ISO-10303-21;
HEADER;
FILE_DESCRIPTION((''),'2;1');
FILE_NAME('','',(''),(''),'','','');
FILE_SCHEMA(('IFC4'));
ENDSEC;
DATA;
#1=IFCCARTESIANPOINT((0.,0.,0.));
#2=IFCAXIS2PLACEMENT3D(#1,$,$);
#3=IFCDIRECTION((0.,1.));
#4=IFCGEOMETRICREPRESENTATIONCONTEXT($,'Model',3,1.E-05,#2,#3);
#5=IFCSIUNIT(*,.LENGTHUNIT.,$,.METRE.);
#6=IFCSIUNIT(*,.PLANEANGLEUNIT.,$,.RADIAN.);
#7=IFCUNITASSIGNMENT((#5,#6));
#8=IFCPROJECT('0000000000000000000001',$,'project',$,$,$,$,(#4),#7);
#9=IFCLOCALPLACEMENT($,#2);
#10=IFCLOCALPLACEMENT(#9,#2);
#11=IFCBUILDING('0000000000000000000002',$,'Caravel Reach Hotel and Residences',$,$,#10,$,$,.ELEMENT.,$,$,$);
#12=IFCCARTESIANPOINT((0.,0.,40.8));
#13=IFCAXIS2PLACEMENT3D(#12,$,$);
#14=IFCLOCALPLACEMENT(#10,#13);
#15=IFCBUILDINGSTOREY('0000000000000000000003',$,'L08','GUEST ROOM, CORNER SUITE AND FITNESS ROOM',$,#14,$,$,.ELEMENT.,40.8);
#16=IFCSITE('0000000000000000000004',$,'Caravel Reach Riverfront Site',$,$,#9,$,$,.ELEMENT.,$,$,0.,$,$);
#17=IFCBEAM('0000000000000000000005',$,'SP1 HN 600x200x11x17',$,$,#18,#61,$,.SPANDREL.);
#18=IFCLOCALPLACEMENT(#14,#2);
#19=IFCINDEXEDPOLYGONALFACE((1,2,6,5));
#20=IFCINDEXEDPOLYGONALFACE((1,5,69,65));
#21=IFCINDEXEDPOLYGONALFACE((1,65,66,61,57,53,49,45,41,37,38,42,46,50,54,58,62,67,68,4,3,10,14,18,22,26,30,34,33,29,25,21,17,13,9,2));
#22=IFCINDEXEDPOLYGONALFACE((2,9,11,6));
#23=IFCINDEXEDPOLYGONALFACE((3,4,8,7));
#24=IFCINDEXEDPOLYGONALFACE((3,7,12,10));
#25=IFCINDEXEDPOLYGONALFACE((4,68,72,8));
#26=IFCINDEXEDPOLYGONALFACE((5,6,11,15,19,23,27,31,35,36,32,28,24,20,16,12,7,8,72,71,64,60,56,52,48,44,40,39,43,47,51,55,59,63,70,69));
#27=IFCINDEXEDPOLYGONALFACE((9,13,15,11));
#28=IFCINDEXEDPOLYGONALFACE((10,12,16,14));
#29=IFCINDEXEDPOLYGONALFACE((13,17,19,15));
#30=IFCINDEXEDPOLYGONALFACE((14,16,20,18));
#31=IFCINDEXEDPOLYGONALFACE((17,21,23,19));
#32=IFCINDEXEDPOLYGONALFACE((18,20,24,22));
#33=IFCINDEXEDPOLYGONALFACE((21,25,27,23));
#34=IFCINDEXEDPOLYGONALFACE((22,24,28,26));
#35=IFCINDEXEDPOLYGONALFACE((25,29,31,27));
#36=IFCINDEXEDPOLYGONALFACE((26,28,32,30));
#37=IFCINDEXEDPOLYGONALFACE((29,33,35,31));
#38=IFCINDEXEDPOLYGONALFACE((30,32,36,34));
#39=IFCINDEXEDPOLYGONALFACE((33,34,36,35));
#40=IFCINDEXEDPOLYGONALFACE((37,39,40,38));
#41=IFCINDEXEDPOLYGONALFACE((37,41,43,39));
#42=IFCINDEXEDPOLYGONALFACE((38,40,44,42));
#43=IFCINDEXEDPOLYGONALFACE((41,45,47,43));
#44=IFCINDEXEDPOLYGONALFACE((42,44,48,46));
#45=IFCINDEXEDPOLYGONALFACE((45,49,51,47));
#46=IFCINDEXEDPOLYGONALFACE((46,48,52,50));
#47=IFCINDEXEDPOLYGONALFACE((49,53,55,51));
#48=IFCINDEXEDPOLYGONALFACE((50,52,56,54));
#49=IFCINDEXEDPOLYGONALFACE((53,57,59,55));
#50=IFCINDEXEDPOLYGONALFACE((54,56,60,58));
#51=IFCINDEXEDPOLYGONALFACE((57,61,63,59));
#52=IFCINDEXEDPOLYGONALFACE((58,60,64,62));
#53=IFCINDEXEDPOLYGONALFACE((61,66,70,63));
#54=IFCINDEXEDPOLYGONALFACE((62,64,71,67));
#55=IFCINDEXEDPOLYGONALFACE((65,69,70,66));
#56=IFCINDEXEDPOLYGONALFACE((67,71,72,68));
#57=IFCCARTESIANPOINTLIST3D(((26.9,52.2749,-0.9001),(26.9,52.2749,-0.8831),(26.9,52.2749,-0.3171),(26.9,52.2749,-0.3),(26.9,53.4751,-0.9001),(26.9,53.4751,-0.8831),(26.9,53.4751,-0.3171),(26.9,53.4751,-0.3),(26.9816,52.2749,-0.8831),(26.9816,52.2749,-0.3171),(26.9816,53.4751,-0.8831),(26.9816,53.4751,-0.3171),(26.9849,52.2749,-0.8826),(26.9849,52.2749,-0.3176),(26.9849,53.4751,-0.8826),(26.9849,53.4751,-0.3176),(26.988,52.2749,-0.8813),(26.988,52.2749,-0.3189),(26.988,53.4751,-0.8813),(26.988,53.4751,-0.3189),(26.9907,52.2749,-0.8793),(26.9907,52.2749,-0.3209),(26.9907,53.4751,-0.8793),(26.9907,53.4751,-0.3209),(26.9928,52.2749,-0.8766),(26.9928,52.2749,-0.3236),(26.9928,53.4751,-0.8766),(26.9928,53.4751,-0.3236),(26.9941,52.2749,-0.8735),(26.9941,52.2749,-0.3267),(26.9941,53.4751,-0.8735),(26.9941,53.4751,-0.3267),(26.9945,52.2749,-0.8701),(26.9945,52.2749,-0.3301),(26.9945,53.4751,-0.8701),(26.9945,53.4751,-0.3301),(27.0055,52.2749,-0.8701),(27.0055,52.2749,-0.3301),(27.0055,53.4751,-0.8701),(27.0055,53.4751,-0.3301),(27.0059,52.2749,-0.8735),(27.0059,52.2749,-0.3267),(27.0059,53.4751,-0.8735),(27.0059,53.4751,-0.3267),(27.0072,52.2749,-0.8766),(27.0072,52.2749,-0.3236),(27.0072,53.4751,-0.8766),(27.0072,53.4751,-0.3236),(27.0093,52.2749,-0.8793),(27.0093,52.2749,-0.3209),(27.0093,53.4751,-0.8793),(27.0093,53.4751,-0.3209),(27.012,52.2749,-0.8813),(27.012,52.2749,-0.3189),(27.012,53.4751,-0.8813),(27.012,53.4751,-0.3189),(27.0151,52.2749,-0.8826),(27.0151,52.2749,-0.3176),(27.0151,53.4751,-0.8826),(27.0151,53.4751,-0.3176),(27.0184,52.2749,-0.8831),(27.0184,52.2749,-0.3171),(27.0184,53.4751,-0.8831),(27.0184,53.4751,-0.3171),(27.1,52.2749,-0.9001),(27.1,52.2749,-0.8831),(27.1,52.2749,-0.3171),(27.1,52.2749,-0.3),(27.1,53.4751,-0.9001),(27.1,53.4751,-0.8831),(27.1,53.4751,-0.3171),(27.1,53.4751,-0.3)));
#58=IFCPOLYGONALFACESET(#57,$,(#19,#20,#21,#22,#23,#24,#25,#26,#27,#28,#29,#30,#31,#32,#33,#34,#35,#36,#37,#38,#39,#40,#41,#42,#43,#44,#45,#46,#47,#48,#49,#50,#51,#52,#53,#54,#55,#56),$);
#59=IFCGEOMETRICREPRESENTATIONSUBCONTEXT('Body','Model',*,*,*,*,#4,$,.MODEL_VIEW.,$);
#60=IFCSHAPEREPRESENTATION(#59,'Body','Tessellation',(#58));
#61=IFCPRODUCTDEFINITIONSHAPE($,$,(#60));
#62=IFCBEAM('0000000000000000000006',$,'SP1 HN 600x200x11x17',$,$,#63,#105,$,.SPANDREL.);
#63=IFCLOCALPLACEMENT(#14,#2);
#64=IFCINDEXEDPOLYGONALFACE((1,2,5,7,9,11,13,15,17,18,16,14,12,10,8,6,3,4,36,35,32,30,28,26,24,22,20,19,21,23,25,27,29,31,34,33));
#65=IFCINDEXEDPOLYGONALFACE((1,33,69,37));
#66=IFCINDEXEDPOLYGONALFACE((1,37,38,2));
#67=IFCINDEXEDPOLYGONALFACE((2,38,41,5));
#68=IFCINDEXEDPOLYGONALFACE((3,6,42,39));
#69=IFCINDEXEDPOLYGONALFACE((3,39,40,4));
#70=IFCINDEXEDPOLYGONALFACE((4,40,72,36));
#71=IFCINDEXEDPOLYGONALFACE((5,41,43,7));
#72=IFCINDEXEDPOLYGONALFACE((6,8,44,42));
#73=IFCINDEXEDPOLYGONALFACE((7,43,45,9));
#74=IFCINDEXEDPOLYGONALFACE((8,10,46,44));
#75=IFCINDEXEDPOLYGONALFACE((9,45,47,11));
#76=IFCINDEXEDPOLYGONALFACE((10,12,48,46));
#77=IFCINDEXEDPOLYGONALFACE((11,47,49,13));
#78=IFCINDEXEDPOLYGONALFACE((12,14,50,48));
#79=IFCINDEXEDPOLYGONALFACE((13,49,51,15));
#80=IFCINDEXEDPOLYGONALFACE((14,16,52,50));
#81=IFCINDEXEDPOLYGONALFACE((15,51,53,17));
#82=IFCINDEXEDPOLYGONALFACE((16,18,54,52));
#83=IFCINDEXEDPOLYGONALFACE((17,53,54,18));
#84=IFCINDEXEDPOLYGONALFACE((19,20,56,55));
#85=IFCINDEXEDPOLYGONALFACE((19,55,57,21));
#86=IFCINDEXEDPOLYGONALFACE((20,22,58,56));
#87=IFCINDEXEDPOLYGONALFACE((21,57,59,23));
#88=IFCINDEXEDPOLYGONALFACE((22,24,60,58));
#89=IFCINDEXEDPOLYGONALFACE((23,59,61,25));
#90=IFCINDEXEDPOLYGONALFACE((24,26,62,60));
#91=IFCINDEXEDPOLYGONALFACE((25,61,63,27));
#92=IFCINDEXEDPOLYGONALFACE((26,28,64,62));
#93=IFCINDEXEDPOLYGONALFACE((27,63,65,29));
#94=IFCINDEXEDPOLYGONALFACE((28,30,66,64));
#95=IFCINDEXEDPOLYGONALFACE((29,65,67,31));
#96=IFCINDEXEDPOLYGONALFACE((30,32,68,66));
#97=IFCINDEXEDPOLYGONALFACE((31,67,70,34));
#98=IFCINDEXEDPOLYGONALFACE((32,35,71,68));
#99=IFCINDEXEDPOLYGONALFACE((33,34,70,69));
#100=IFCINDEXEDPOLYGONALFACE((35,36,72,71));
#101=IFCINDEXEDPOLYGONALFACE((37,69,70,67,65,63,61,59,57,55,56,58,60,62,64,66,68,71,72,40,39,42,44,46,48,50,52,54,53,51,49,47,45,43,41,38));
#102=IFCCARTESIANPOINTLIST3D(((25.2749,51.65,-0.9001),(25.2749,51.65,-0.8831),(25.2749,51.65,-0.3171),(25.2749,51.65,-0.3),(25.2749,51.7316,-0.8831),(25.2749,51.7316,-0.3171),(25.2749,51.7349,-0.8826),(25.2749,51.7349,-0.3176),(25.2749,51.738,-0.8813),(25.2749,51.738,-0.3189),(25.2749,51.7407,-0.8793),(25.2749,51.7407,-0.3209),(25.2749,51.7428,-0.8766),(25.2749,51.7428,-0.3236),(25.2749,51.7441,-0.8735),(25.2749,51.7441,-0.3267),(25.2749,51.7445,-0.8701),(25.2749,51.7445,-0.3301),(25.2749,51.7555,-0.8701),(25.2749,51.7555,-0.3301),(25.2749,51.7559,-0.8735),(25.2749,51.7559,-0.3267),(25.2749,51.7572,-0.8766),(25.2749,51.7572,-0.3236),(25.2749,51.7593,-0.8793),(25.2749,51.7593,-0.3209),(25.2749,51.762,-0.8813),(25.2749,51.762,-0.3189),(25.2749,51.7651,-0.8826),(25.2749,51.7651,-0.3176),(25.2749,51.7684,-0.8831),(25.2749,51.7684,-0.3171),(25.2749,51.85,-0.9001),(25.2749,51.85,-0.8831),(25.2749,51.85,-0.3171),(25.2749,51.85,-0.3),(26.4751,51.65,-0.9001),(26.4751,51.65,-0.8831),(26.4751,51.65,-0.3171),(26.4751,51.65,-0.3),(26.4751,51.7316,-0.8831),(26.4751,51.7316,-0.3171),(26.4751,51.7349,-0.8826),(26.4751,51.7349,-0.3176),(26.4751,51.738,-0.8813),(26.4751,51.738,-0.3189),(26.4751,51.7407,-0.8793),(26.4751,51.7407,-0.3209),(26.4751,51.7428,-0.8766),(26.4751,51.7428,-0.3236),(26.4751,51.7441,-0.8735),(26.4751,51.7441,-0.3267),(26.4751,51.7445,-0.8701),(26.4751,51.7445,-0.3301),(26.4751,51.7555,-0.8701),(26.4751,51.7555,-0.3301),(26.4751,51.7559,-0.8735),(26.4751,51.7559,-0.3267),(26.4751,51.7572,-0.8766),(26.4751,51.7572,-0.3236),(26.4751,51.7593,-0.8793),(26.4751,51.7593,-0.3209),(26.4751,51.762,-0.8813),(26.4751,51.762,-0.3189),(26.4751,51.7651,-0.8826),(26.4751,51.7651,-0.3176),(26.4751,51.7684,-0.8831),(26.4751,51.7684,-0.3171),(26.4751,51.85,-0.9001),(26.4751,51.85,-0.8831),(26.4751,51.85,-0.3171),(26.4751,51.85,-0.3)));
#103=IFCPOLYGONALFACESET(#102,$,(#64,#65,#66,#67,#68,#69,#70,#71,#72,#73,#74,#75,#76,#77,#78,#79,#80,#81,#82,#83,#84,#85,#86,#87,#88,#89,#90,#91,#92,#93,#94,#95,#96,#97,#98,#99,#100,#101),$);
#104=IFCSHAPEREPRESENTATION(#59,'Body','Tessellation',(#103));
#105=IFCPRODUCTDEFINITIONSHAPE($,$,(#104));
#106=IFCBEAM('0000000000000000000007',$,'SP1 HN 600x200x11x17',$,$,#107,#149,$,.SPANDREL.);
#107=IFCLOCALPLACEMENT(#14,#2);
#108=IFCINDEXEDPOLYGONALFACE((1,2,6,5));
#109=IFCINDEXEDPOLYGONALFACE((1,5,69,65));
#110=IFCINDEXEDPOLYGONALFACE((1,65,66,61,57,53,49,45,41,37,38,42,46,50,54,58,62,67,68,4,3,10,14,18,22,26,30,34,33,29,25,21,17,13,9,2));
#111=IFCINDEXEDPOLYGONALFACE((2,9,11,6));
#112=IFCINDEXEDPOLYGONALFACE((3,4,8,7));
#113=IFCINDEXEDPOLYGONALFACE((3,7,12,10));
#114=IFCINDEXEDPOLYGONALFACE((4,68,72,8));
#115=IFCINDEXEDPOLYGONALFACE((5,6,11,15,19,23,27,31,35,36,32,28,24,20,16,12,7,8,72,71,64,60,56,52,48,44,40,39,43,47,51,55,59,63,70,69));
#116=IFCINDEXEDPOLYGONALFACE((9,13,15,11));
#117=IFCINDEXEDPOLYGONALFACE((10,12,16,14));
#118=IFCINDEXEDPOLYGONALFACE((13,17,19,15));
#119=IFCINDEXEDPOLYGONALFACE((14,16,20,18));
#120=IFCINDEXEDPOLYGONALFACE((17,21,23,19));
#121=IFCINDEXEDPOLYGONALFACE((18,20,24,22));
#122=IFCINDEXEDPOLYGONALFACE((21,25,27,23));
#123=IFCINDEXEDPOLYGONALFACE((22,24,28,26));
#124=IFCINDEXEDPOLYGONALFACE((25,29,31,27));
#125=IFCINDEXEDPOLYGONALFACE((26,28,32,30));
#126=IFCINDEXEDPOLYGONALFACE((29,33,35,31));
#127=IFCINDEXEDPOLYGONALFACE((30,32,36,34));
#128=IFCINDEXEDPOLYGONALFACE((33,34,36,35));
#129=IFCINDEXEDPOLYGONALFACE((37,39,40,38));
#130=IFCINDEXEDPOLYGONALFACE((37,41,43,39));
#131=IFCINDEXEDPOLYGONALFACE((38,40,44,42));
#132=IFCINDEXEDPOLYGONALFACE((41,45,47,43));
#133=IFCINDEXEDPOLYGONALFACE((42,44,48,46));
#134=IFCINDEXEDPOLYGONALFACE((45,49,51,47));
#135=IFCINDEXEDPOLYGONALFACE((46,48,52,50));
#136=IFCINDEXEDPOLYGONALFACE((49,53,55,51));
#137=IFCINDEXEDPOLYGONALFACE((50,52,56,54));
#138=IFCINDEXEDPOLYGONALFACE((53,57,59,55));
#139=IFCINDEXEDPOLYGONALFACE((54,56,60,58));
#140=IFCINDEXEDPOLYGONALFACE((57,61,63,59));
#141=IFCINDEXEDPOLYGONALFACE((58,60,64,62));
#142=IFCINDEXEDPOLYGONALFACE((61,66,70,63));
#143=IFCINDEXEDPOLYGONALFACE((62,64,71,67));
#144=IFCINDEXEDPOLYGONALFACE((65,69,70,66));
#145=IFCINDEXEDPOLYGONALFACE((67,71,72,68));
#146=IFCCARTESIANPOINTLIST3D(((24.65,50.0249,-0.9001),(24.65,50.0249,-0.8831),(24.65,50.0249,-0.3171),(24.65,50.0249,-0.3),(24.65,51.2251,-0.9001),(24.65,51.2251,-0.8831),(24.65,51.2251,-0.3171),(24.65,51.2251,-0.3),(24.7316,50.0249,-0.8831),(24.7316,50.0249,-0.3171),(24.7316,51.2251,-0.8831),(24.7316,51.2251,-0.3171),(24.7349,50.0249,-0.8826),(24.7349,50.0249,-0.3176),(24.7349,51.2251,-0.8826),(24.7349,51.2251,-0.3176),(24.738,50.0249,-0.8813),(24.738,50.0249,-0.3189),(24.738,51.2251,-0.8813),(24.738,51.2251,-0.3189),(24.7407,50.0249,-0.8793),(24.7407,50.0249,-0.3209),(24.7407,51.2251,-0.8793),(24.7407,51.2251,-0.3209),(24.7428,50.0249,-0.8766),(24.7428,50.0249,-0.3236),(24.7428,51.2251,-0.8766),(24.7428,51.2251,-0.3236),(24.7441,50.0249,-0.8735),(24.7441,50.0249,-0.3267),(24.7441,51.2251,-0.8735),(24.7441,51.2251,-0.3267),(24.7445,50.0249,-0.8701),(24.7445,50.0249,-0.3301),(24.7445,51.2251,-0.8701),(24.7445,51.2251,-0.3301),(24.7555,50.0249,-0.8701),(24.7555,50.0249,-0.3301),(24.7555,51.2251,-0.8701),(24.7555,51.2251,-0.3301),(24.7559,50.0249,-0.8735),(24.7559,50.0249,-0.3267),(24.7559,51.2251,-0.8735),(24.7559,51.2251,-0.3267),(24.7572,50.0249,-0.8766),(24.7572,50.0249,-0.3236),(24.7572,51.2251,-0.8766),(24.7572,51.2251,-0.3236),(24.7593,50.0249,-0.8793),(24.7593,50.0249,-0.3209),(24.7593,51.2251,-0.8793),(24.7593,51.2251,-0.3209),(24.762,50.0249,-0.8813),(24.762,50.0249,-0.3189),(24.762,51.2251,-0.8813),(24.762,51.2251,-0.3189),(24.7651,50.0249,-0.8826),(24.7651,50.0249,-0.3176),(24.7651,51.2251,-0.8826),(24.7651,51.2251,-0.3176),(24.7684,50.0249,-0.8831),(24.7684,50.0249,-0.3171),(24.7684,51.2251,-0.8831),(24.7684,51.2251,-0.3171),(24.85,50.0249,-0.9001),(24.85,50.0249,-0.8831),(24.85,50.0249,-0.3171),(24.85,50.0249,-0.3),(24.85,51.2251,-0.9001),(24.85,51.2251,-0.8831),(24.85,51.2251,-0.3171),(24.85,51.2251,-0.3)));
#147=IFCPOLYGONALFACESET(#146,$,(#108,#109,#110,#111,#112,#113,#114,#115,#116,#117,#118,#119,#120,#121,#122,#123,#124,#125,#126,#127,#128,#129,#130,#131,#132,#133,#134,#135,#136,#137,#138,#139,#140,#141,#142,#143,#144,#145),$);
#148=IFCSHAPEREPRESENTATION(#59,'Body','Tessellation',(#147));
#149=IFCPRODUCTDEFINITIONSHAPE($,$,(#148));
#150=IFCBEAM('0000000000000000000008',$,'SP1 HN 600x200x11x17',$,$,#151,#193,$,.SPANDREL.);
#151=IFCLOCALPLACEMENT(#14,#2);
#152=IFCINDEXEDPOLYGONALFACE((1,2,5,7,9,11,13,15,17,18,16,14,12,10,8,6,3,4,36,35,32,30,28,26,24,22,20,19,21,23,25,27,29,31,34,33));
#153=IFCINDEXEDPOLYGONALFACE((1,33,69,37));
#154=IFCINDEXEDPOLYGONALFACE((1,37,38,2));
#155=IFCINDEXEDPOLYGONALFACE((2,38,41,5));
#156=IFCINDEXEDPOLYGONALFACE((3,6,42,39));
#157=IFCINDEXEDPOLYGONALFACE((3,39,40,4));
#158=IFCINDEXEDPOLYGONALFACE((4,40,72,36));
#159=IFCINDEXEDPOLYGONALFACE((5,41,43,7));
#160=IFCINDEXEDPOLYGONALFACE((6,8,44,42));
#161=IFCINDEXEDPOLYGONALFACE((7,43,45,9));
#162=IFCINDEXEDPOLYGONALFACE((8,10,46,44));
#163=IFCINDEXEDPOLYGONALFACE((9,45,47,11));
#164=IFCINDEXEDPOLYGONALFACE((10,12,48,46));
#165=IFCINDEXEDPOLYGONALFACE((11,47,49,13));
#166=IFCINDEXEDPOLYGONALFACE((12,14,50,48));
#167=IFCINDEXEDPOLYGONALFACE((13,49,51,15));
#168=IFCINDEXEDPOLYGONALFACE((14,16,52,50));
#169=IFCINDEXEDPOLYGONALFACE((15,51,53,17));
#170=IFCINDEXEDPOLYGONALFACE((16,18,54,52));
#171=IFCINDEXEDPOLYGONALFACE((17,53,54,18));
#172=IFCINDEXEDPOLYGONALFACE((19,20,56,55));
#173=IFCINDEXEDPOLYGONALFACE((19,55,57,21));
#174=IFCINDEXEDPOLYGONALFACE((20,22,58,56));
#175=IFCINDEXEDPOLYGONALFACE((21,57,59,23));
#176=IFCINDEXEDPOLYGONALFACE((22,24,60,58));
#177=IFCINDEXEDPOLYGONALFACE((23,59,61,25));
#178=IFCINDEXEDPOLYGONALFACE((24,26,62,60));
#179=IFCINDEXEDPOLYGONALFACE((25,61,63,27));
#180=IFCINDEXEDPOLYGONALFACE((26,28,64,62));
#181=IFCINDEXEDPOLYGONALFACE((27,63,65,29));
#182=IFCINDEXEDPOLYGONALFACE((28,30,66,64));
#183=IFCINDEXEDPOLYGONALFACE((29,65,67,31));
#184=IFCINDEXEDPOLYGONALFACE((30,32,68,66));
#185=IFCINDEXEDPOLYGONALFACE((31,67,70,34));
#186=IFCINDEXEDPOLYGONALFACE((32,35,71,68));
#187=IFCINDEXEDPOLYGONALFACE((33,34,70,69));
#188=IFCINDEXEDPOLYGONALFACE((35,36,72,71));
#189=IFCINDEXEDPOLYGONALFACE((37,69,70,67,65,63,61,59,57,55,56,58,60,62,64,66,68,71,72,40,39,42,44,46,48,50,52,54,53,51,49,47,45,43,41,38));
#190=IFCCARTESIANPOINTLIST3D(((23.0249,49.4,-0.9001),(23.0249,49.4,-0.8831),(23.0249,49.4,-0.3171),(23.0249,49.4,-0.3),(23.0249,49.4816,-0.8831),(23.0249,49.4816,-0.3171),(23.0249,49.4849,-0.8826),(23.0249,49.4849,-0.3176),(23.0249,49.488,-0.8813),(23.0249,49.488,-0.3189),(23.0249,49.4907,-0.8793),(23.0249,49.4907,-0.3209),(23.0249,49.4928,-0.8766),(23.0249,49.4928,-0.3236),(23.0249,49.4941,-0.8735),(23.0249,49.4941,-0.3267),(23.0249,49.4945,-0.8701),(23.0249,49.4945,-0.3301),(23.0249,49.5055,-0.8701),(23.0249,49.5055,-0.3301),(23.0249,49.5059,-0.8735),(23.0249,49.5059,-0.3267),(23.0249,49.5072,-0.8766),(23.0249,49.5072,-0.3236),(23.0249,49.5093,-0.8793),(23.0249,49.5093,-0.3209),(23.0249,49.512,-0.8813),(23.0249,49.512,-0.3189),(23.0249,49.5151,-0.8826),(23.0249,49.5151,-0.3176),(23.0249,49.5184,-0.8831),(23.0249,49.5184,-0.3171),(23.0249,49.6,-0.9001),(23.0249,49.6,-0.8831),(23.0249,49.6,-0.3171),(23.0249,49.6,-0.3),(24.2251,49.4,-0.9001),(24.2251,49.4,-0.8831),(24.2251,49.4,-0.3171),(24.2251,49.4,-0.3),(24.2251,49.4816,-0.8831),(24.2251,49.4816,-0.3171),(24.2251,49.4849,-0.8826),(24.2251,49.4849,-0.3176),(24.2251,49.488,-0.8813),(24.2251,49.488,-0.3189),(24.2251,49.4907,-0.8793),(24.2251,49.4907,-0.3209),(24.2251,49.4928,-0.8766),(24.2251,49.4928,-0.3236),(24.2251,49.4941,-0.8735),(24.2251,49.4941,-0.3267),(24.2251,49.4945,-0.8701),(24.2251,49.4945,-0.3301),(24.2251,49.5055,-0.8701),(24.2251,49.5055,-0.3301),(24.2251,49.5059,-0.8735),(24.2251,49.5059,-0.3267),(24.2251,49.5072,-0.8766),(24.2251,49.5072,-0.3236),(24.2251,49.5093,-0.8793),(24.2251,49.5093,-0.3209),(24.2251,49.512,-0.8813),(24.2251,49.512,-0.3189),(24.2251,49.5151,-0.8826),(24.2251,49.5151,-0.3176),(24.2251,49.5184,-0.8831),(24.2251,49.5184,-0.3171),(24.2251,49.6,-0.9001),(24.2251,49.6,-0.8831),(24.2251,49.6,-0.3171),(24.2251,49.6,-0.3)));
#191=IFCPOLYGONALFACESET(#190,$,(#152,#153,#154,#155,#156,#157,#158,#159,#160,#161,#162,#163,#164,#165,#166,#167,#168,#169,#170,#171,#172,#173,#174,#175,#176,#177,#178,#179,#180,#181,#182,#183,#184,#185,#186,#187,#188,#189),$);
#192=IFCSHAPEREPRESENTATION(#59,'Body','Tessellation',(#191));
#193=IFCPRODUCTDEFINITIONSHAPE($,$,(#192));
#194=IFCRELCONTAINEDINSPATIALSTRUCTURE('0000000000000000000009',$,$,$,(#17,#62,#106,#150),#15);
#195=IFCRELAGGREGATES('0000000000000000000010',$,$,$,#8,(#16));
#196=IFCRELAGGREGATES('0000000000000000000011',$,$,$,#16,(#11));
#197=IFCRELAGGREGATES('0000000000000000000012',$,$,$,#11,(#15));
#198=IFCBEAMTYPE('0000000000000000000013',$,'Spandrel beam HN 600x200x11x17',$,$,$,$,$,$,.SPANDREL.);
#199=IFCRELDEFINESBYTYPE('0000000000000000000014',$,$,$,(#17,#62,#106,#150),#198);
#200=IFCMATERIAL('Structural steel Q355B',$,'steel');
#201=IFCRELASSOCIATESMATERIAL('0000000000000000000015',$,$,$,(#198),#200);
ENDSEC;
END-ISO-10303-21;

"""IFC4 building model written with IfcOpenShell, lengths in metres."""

from ifc_helpers import new_model, si_unit, direction, frame, origin, origin_2d, place, context, subcontext, project, spatial, i_section, extrude, material, material_profile, profile_set, type_object, element, save


model = new_model("IFC4")

# Units and contexts
model_context = context("Model", 3, precision=1e-05, world=origin(), true_north=direction((0.0, 1.0)))
body_context = subcontext(model_context, "Body", "Model", "MODEL_VIEW")
ifc_project = project(units=[si_unit("LENGTHUNIT", "METRE"), si_unit("PLANEANGLEUNIT", "RADIAN")], contexts=[model_context])

# Site, building, storey
site_placement = place(None, origin())
site = spatial("IfcSite", under=ifc_project, at=site_placement, Name="Caravel Reach Riverfront Site", CompositionType="ELEMENT", RefElevation=0.0)
building_placement = place(site_placement, origin())
building = spatial("IfcBuilding", under=site, at=building_placement, Name="Caravel Reach Hotel and Residences", CompositionType="ELEMENT")
storey_placement = place(building_placement, frame((0.0, 0.0, 40.8)))
storey = spatial("IfcBuildingStorey", under=building, at=storey_placement, Name="L08", Description="GUEST ROOM, CORNER SUITE AND FITNESS ROOM", CompositionType="ELEMENT", Elevation=40.8)

# Beams
ifc_material_1 = material(Name="Structural steel Q355B", Category="steel")
ifc_material_profile_1 = material_profile(ifc_material_1, i_section(OverallWidth=0.2, OverallDepth=0.6001, WebThickness=0.011, FlangeThickness=0.0171, FilletRadius=0.0129, at=origin_2d()), Name="HN 600x200x11x17")
ifc_profile_set_1 = profile_set([ifc_material_profile_1], Name="Structural steel Q355B")
beam_type_1 = type_object("IfcBeamType", Name="Spandrel beam HN 600x200x11x17", PredefinedType="SPANDREL", material=ifc_profile_set_1)
for number, where, z_axis, x_axis, name in (
    (1, (27.0, 53.4751, -0.6001), (0.0, -1.0, 0.0), (1.0, 0.0, 0.0), "SP1 HN 600x200x11x17"),
    (2, (26.4751, 51.75, -0.6001), (-1.0, 0.0, 0.0), (0.0, -1.0, 0.0), "SP1 HN 600x200x11x17"),
    (3, (24.75, 51.2251, -0.6001), (0.0, -1.0, 0.0), (1.0, 0.0, 0.0), "SP1 HN 600x200x11x17"),
    (4, (24.2251, 49.5, -0.6001), (-1.0, 0.0, 0.0), (0.0, -1.0, 0.0), "SP1 HN 600x200x11x17"),
):
    element("IfcBeam", number, at=place(storey_placement, frame(where, z_axis=z_axis, x_axis=x_axis)), inside=storey, type_object=beam_type_1, Name=name, PredefinedType="SPANDREL", context=body_context, shape_type="SweptSolid", body=[
        extrude(i_section(OverallWidth=0.2, OverallDepth=0.6001, WebThickness=0.011, FlangeThickness=0.0171, FilletRadius=0.0129, at=origin_2d()), origin(), (0.0, 0.0, 1.0), 1.2002),
    ])

save(model, "model.ifc")
